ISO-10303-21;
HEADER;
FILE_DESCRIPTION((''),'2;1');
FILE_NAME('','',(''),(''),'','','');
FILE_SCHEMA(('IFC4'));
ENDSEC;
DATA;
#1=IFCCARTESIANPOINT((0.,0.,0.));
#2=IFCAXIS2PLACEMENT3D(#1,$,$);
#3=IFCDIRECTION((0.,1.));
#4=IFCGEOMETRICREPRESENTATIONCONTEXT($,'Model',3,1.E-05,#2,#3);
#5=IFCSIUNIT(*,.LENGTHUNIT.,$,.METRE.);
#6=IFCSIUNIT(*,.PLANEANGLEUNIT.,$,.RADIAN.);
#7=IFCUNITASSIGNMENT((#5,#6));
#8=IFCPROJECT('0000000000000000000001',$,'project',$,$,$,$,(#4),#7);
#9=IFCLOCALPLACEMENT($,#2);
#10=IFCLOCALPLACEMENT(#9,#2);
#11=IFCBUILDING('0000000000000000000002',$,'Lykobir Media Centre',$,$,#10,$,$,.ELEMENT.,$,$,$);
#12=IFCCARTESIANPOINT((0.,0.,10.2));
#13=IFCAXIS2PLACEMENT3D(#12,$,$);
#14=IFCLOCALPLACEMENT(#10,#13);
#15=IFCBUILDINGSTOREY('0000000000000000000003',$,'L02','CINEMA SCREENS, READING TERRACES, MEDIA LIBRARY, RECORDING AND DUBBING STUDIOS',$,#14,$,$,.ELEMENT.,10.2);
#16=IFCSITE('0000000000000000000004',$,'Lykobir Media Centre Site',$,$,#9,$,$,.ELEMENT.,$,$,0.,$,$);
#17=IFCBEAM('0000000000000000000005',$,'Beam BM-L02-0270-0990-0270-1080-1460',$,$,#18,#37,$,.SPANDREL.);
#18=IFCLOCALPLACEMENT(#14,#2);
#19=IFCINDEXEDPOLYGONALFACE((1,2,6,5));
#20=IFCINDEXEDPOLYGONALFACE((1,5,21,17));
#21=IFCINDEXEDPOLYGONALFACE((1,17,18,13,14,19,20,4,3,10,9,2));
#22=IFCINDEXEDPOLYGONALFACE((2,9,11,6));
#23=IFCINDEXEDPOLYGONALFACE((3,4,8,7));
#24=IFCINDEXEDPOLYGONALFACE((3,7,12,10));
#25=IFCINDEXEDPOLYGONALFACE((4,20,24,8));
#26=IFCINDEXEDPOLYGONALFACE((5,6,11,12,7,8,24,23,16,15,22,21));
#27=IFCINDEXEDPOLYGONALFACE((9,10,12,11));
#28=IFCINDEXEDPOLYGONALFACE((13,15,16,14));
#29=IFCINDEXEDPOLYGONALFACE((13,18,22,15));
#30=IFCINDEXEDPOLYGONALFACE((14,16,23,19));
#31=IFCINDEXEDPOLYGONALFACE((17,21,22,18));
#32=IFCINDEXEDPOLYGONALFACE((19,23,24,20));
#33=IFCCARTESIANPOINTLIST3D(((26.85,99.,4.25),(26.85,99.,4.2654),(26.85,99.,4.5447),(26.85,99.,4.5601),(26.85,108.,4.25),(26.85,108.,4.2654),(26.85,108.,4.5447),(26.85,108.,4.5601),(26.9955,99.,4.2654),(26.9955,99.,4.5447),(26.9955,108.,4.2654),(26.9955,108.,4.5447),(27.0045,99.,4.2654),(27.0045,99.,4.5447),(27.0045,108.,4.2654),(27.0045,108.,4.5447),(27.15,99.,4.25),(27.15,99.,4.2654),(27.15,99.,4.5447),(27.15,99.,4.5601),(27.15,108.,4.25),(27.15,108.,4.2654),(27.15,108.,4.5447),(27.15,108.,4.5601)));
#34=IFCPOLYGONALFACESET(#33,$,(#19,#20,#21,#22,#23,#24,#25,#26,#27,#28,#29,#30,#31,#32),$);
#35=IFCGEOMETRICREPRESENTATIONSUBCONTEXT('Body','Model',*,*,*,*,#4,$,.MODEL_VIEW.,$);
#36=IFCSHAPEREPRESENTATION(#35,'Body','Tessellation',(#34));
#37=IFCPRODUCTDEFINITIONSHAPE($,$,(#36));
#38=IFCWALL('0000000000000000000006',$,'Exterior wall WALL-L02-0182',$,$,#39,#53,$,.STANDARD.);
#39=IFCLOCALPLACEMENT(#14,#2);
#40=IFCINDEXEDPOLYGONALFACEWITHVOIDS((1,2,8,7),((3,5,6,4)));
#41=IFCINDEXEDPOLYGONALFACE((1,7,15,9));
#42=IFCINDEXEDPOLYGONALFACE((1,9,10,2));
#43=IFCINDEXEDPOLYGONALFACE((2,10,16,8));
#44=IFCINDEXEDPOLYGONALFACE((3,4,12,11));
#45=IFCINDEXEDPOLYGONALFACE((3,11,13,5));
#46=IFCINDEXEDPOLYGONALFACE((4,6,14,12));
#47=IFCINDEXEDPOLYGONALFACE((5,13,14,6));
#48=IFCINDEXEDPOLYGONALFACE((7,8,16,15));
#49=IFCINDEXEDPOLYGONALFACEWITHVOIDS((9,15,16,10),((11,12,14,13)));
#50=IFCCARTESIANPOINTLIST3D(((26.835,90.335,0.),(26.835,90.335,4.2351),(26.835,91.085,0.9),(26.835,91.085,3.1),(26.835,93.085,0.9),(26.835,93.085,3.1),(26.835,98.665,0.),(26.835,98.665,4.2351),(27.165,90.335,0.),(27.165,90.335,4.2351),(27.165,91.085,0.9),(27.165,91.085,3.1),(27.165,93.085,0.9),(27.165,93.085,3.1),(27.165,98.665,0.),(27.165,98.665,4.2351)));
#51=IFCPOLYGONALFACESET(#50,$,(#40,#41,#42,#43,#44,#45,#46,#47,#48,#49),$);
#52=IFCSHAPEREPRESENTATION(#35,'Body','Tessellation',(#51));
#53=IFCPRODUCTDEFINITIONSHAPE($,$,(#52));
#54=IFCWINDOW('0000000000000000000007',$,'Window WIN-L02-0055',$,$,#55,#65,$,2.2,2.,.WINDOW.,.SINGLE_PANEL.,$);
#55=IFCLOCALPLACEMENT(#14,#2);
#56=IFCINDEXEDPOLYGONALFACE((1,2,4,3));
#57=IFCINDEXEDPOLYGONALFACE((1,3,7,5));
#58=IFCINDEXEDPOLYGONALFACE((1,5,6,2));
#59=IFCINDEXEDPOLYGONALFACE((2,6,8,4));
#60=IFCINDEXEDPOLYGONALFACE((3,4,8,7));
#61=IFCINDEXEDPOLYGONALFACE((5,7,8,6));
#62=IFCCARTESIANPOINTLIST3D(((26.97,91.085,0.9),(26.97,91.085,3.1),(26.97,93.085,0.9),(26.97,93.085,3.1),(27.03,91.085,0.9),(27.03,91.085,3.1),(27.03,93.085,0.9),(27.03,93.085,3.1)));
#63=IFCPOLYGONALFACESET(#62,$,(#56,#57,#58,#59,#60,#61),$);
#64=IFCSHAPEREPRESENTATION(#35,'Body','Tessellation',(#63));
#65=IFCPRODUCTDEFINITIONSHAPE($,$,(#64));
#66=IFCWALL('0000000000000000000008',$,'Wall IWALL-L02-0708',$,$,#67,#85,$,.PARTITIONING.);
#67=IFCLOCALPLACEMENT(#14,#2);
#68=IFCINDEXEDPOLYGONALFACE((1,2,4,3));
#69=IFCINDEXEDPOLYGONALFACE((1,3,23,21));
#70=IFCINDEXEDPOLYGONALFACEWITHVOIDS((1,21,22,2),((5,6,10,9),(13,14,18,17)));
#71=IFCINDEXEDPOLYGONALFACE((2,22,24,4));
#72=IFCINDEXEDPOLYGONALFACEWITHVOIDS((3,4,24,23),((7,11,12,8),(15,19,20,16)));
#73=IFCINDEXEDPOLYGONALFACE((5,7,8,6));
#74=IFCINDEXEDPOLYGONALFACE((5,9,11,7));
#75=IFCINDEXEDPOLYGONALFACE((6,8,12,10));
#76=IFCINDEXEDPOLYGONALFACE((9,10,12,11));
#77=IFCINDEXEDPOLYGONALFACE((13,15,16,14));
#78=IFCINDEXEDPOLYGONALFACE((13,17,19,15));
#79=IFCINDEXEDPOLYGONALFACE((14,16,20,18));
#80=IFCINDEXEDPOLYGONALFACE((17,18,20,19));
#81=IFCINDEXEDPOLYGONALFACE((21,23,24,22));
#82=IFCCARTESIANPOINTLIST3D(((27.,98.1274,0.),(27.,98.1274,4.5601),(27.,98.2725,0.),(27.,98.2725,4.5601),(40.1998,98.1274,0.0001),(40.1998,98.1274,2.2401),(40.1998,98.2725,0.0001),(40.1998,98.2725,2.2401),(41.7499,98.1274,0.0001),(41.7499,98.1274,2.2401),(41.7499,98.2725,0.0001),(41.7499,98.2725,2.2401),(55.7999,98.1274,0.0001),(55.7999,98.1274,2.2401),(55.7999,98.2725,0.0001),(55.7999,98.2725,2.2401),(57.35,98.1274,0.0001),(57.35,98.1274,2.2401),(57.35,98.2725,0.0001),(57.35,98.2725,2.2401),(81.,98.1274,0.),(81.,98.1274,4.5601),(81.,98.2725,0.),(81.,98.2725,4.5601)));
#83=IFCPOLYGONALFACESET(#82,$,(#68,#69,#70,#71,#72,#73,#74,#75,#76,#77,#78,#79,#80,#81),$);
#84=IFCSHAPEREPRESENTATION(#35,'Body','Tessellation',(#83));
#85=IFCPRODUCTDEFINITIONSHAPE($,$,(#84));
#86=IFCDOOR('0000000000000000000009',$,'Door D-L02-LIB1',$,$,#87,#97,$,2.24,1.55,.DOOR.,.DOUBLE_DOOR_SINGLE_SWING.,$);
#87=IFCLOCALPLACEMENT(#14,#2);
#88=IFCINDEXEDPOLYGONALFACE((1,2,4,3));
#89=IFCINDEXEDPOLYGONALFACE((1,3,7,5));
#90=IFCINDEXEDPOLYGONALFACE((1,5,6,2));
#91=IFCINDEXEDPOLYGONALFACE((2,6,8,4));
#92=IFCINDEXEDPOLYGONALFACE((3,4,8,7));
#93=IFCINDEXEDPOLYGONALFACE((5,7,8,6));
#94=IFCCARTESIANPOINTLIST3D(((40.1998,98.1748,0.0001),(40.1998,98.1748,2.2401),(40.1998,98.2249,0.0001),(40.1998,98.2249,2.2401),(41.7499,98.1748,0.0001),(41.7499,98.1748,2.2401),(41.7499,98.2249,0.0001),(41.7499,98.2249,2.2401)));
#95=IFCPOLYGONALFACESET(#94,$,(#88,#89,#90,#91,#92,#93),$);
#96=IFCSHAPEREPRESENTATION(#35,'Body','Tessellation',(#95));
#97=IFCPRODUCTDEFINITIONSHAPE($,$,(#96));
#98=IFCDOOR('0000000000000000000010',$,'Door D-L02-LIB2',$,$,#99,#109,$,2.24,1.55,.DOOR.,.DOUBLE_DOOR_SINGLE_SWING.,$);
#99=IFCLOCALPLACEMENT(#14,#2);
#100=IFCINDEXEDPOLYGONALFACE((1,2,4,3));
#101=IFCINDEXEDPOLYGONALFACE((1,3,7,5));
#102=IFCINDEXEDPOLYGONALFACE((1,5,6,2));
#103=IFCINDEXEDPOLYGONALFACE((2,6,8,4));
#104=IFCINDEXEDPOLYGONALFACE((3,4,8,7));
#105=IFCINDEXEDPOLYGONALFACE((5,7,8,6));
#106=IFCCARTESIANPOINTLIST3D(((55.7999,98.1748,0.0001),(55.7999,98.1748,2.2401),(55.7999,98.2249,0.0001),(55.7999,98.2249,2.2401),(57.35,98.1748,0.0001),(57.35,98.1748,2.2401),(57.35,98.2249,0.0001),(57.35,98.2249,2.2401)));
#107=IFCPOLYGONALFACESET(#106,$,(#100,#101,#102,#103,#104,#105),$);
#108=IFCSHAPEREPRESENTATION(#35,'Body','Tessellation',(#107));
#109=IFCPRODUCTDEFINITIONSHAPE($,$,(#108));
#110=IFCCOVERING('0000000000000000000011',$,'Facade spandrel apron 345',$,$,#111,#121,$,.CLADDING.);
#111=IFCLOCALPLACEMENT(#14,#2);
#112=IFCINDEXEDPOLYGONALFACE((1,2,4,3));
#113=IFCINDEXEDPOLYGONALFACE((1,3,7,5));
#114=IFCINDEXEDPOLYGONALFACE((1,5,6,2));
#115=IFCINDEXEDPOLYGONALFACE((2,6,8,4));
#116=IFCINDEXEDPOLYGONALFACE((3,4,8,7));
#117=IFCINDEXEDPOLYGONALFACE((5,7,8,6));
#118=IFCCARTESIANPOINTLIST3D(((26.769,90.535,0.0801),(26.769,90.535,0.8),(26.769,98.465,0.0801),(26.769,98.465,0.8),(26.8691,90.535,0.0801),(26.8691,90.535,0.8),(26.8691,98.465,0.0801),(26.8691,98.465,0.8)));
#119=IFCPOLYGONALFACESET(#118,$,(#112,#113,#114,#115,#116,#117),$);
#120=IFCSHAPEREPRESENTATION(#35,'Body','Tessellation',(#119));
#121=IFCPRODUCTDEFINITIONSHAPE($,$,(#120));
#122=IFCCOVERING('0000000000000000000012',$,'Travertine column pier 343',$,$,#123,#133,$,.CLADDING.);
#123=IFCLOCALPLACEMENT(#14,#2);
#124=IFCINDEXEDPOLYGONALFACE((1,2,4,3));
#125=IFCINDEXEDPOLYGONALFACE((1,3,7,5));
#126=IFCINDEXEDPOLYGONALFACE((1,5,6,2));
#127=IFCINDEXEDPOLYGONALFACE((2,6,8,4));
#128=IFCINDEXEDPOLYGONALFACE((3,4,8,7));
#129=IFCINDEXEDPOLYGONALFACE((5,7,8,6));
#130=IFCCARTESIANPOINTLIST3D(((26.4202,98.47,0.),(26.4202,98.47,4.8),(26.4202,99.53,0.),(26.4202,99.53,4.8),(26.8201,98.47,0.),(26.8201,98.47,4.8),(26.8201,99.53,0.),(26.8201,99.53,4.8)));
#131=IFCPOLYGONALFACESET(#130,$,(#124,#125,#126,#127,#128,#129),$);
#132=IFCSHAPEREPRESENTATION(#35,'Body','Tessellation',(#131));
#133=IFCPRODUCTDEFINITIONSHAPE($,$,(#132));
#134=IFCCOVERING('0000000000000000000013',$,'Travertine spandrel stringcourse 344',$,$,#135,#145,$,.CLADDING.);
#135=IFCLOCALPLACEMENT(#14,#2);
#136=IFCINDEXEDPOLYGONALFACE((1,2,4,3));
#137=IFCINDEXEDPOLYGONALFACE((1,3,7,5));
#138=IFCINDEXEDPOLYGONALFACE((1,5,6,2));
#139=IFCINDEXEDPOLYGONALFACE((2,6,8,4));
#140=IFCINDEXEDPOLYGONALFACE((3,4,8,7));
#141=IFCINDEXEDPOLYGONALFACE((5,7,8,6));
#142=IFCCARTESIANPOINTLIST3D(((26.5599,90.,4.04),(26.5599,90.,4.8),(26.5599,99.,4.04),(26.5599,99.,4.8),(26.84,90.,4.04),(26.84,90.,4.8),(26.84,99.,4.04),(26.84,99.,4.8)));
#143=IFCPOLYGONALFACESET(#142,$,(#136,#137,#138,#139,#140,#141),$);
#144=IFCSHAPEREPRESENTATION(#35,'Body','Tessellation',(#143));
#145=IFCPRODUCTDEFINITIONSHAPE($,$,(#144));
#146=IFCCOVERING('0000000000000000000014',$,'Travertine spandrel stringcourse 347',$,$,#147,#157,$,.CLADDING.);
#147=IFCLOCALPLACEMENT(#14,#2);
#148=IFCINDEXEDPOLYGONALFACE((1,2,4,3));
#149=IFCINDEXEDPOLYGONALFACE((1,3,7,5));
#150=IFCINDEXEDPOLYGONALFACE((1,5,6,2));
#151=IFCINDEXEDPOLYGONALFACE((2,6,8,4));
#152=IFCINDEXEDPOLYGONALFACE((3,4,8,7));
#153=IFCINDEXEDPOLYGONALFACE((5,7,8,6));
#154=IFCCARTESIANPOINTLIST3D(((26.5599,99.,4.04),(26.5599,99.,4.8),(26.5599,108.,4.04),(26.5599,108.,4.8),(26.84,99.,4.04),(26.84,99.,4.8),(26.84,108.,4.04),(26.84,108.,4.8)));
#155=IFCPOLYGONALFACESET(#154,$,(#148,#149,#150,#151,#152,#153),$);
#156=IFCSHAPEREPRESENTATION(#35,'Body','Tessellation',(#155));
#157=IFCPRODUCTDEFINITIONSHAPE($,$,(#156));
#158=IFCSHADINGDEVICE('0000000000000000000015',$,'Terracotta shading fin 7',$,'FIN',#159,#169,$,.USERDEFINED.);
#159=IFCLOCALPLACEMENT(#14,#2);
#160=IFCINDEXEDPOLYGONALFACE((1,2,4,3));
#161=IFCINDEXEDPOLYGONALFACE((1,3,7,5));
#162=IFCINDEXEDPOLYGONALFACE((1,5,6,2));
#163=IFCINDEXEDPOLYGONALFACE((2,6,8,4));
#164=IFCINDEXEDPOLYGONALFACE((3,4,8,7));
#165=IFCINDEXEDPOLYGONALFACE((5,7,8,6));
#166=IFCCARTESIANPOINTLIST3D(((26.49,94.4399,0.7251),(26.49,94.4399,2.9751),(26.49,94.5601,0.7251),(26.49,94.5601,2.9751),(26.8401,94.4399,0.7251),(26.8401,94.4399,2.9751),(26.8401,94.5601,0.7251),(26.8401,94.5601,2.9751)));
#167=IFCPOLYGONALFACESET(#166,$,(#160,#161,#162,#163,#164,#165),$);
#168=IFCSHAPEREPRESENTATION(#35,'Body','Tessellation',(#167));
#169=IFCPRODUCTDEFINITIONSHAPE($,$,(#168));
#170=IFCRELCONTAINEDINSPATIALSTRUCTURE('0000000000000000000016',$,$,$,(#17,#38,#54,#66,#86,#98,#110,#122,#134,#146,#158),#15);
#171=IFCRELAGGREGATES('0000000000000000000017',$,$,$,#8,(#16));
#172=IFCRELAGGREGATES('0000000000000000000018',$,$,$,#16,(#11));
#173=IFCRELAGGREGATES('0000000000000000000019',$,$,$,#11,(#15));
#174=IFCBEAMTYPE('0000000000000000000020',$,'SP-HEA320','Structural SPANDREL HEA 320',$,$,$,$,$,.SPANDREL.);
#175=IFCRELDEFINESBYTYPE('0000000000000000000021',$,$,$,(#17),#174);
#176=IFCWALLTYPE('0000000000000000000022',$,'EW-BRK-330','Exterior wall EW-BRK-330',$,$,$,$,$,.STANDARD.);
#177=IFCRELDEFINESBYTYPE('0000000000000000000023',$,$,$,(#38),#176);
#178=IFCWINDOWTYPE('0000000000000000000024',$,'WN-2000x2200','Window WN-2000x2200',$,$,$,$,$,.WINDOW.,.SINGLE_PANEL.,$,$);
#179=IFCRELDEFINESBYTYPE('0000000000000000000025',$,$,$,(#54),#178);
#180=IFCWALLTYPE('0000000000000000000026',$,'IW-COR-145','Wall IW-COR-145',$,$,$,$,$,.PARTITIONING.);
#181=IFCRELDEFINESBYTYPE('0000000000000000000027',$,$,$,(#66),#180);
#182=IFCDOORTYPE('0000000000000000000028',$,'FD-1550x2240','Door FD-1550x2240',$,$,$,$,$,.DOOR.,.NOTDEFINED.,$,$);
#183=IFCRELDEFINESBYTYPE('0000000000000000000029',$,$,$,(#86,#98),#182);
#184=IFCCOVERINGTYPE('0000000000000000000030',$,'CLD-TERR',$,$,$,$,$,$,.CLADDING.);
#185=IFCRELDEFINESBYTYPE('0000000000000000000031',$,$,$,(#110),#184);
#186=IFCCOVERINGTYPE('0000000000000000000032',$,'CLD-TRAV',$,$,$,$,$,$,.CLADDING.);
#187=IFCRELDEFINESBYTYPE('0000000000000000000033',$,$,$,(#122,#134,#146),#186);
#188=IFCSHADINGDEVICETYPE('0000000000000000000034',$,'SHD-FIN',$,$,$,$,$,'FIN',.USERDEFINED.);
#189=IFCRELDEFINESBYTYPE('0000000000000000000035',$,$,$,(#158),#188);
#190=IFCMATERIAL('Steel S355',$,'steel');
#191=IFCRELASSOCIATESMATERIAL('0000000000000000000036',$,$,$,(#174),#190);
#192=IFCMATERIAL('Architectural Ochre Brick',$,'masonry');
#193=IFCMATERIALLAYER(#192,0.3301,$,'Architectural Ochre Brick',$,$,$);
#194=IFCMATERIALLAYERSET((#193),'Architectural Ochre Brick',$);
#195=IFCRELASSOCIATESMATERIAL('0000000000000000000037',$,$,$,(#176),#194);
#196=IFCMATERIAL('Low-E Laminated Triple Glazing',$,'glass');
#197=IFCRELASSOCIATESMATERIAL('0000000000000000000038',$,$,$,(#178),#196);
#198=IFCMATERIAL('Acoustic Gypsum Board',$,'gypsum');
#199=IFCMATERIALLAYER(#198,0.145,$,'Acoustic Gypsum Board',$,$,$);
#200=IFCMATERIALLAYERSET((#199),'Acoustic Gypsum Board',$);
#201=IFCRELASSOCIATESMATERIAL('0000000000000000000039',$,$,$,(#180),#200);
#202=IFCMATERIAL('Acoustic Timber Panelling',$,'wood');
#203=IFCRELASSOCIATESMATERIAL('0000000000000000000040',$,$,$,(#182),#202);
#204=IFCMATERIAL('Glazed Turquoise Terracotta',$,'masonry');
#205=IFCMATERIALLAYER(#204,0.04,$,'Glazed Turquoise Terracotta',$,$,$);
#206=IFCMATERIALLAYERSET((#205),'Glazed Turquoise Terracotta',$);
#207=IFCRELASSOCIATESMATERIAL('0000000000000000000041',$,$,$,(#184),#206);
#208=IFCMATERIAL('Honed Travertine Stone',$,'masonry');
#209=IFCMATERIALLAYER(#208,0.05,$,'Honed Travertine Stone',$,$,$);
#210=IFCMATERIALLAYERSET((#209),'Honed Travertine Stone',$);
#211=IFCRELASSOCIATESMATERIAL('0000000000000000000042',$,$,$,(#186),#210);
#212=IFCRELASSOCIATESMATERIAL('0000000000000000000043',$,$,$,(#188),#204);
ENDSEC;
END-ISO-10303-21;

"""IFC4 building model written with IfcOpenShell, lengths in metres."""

from ifc_helpers import new_model, si_unit, direction, frame, frame_2d, origin, origin_2d, place, context, subcontext, project, spatial, rectangle, i_section, extrude, material, layer, layer_set, material_profile, profile_set, type_object, element, fill, save


model = new_model("IFC4")

# Units and contexts
model_context = context("Model", 3, precision=1e-05, world=origin(), true_north=direction((0.0, 1.0)))
body_context = subcontext(model_context, "Body", "Model", "MODEL_VIEW")
ifc_project = project(units=[si_unit("LENGTHUNIT", "METRE"), si_unit("PLANEANGLEUNIT", "RADIAN")], contexts=[model_context])

# Site, building, storey
site_placement = place(None, origin())
site = spatial("IfcSite", under=ifc_project, at=site_placement, Name="Lykobir Media Centre Site", CompositionType="ELEMENT", RefElevation=0.0)
building_placement = place(site_placement, origin())
building = spatial("IfcBuilding", under=site, at=building_placement, Name="Lykobir Media Centre", CompositionType="ELEMENT")
storey_placement = place(building_placement, frame((0.0, 0.0, 10.2)))
storey = spatial("IfcBuildingStorey", under=building, at=storey_placement, Name="L02", Description="CINEMA SCREENS, READING TERRACES, MEDIA LIBRARY, RECORDING AND DUBBING STUDIOS", CompositionType="ELEMENT", Elevation=10.2)

# Shared definitions
ifc_material_1 = material(Name="Steel S355", Category="steel")

# Beam
ifc_material_profile_1 = material_profile(ifc_material_1, i_section(OverallWidth=0.3, OverallDepth=0.3101, WebThickness=0.009, FlangeThickness=0.0154, at=origin_2d()), Name="HEA 320")
ifc_profile_set_1 = profile_set([ifc_material_profile_1], Name="Steel S355")
beam_type_1 = type_object("IfcBeamType", Name="SP-HEA320", Description="Structural SPANDREL HEA 320", PredefinedType="SPANDREL", material=ifc_profile_set_1)
beam_1_placement = place(storey_placement, frame((27.0, 99.0, 4.405), z_axis=(0.0, 1.0, 0.0), x_axis=(-1.0, 0.0, 0.0)))
element("IfcBeam", 1, at=beam_1_placement, inside=storey, type_object=beam_type_1, Name="Beam BM-L02-0270-0990-0270-1080-1460", PredefinedType="SPANDREL", context=body_context, shape_type="SweptSolid", body=[
    extrude(i_section(OverallWidth=0.3, OverallDepth=0.3101, WebThickness=0.009, FlangeThickness=0.0154, at=origin_2d()), origin(), (0.0, 0.0, 1.0), 9.0),
])

# Wall, opening, window
ifc_material_2 = material(Name="Architectural Ochre Brick", Category="masonry")
ifc_layer_1 = layer(ifc_material_2, 0.3301, Name="Architectural Ochre Brick")
ifc_layer_set_1 = layer_set([ifc_layer_1], Name="Architectural Ochre Brick")
wall_type_1 = type_object("IfcWallType", Name="EW-BRK-330", Description="Exterior wall EW-BRK-330", PredefinedType="STANDARD", material=ifc_layer_set_1)
wall_1_placement = place(storey_placement, frame((27.0, 98.665, 0.0), z_axis=(0.0, 0.0, 1.0), x_axis=(0.0, -1.0, 0.0)))
wall_1 = element("IfcWall", 2, at=wall_1_placement, inside=storey, type_object=wall_type_1, Name="Exterior wall WALL-L02-0182", PredefinedType="STANDARD", context=body_context, shape_type="SweptSolid", body=[
    extrude(rectangle(XDim=8.3301, YDim=0.3301, at=frame_2d((4.165, 0.0))), origin(), (0.0, 0.0, 1.0), 4.2351),
])
opening_1_placement = place(wall_1_placement, frame((5.5801, 0.0, 0.8999)))
opening_1 = element("IfcOpeningElement", 3, at=opening_1_placement, cuts=wall_1, PredefinedType="OPENING", context=body_context, shape_type="SweptSolid", body=[
    extrude(rectangle(XDim=2.0, YDim=2.2, at=frame_2d((1.0, 1.1001))), frame((0.0, 0.175, 0.0), z_axis=(0.0, -1.0, 0.0), x_axis=(1.0, 0.0, 0.0)), (0.0, 0.0, 1.0), 0.3501),
])
ifc_material_3 = material(Name="Low-E Laminated Triple Glazing", Category="glass")
window_type = type_object("IfcWindowType", Name="WN-2000x2200", Description="Window WN-2000x2200", PartitioningType="SINGLE_PANEL", PredefinedType="WINDOW", material=ifc_material_3)
window_placement = place(opening_1_placement, origin())
window = element("IfcWindow", 4, at=window_placement, inside=storey, type_object=window_type, Name="Window WIN-L02-0055", OverallHeight=2.2, OverallWidth=2.0, PartitioningType="SINGLE_PANEL", PredefinedType="WINDOW", context=body_context, shape_type="SweptSolid", body=[
    extrude(rectangle(XDim=2.0, YDim=2.2, at=frame_2d((1.0, 1.1001))), frame((0.0, 0.03, 0.0), z_axis=(0.0, -1.0, 0.0), x_axis=(1.0, 0.0, 0.0)), (0.0, 0.0, 1.0), 0.0601),
])
fill(opening_1, window)

# Wall, openings, doors
ifc_material_4 = material(Name="Acoustic Gypsum Board", Category="gypsum")
ifc_layer_2 = layer(ifc_material_4, 0.145, Name="Acoustic Gypsum Board")
ifc_layer_set_2 = layer_set([ifc_layer_2], Name="Acoustic Gypsum Board")
wall_type_2 = type_object("IfcWallType", Name="IW-COR-145", Description="Wall IW-COR-145", PredefinedType="PARTITIONING", material=ifc_layer_set_2)
wall_2_placement = place(storey_placement, frame((27.0, 98.2, 0.0), z_axis=(0.0, 0.0, 1.0), x_axis=(1.0, 0.0, 0.0)))
wall_2 = element("IfcWall", 5, at=wall_2_placement, inside=storey, type_object=wall_type_2, Name="Wall IWALL-L02-0708", PredefinedType="PARTITIONING", context=body_context, shape_type="SweptSolid", body=[
    extrude(rectangle(XDim=54.0, YDim=0.145, at=frame_2d((27.0, 0.0))), origin(), (0.0, 0.0, 1.0), 4.5601),
])
opening_2_placement = place(wall_2_placement, frame((13.2, 0.0, 0.0)))
opening_2 = element("IfcOpeningElement", 6, at=opening_2_placement, cuts=wall_2, PredefinedType="OPENING", context=body_context, shape_type="SweptSolid", body=[
    extrude(rectangle(XDim=1.55, YDim=2.24, at=frame_2d((0.7749, 1.1201))), frame((0.0, 0.0825, 0.0), z_axis=(0.0, -1.0, 0.0), x_axis=(1.0, 0.0, 0.0)), (0.0, 0.0, 1.0), 0.165),
])
opening_3_placement = place(wall_2_placement, frame((28.8, 0.0, 0.0)))
opening_3 = element("IfcOpeningElement", 7, at=opening_3_placement, cuts=wall_2, PredefinedType="OPENING", context=body_context, shape_type="SweptSolid", body=[
    extrude(rectangle(XDim=1.55, YDim=2.24, at=frame_2d((0.7749, 1.1201))), frame((0.0, 0.0825, 0.0), z_axis=(0.0, -1.0, 0.0), x_axis=(1.0, 0.0, 0.0)), (0.0, 0.0, 1.0), 0.165),
])
ifc_material_5 = material(Name="Acoustic Timber Panelling", Category="wood")
door_type = type_object("IfcDoorType", Name="FD-1550x2240", Description="Door FD-1550x2240", OperationType="NOTDEFINED", PredefinedType="DOOR", material=ifc_material_5)
door_1_placement = place(opening_2_placement, origin())
door_1 = element("IfcDoor", 8, at=door_1_placement, inside=storey, type_object=door_type, Name="Door D-L02-LIB1", OperationType="DOUBLE_DOOR_SINGLE_SWING", OverallHeight=2.24, OverallWidth=1.55, PredefinedType="DOOR", context=body_context, shape_type="SweptSolid", body=[
    extrude(rectangle(XDim=1.55, YDim=2.24, at=frame_2d((0.7749, 1.1201))), frame((0.0, 0.0249, 0.0), z_axis=(0.0, -1.0, 0.0), x_axis=(1.0, 0.0, 0.0)), (0.0, 0.0, 1.0), 0.05),
])
fill(opening_2, door_1)
door_2_placement = place(opening_3_placement, origin())
door_2 = element("IfcDoor", 9, at=door_2_placement, inside=storey, type_object=door_type, Name="Door D-L02-LIB2", OperationType="DOUBLE_DOOR_SINGLE_SWING", OverallHeight=2.24, OverallWidth=1.55, PredefinedType="DOOR", context=body_context, shape_type="SweptSolid", body=[
    extrude(rectangle(XDim=1.55, YDim=2.24, at=frame_2d((0.7749, 1.1201))), frame((0.0, 0.0249, 0.0), z_axis=(0.0, -1.0, 0.0), x_axis=(1.0, 0.0, 0.0)), (0.0, 0.0, 1.0), 0.05),
])
fill(opening_3, door_2)

# Coverings
ifc_material_6 = material(Name="Glazed Turquoise Terracotta", Category="masonry")
ifc_layer_3 = layer(ifc_material_6, 0.04, Name="Glazed Turquoise Terracotta")
ifc_layer_set_3 = layer_set([ifc_layer_3], Name="Glazed Turquoise Terracotta")
covering_type_1 = type_object("IfcCoveringType", Name="CLD-TERR", PredefinedType="CLADDING", material=ifc_layer_set_3)
covering_1_placement = place(storey_placement, frame((26.8191, 94.5, 0.0801), z_axis=(0.0, 0.0, 1.0), x_axis=(0.0, -1.0, 0.0)))
element("IfcCovering", 10, at=covering_1_placement, inside=storey, type_object=covering_type_1, Name="Facade spandrel apron 345", PredefinedType="CLADDING", context=body_context, shape_type="SweptSolid", body=[
    extrude(rectangle(XDim=7.9299, YDim=0.1001, at=origin_2d()), origin(), (0.0, 0.0, 1.0), 0.72),
])
ifc_material_7 = material(Name="Honed Travertine Stone", Category="masonry")
ifc_layer_4 = layer(ifc_material_7, 0.05, Name="Honed Travertine Stone")
ifc_layer_set_4 = layer_set([ifc_layer_4], Name="Honed Travertine Stone")
covering_type_2 = type_object("IfcCoveringType", Name="CLD-TRAV", PredefinedType="CLADDING", material=ifc_layer_set_4)
covering_2_placement = place(storey_placement, frame((26.6201, 99.0, 0.0), z_axis=(0.0, 0.0, 1.0), x_axis=(0.0, -1.0, 0.0)))
element("IfcCovering", 11, at=covering_2_placement, inside=storey, type_object=covering_type_2, Name="Travertine column pier 343", PredefinedType="CLADDING", context=body_context, shape_type="SweptSolid", body=[
    extrude(rectangle(XDim=1.0601, YDim=0.3999, at=origin_2d()), origin(), (0.0, 0.0, 1.0), 4.8),
])
for number, where, z_axis, x_axis, name in (
    (12, (26.7, 94.5, 4.04), (0.0, 0.0, 1.0), (0.0, -1.0, 0.0), "Travertine spandrel stringcourse 344"),
    (13, (26.7, 103.5, 4.04), (0.0, 0.0, 1.0), (0.0, -1.0, 0.0), "Travertine spandrel stringcourse 347"),
):
    element("IfcCovering", number, at=place(storey_placement, frame(where, z_axis=z_axis, x_axis=x_axis)), inside=storey, type_object=covering_type_2, Name=name, PredefinedType="CLADDING", context=body_context, shape_type="SweptSolid", body=[
        extrude(rectangle(XDim=9.0, YDim=0.28, at=origin_2d()), origin(), (0.0, 0.0, 1.0), 0.76),
    ])

# Shading device
shading_device_type = type_object("IfcShadingDeviceType", Name="SHD-FIN", ElementType="FIN", PredefinedType="USERDEFINED", material=ifc_material_6)
for number, where, z_axis, x_axis, name in (
    (14, (26.665, 94.5, 0.7251), (0.0, 0.0, 1.0), (0.0, -1.0, 0.0), "Terracotta shading fin 7"),
):
    element("IfcShadingDevice", number, at=place(storey_placement, frame(where, z_axis=z_axis, x_axis=x_axis)), inside=storey, type_object=shading_device_type, Name=name, ObjectType="FIN", PredefinedType="USERDEFINED", context=body_context, shape_type="SweptSolid", body=[
        extrude(rectangle(XDim=0.1201, YDim=0.3501, at=origin_2d()), origin(), (0.0, 0.0, 1.0), 2.25),
    ])

save(model, "model.ifc")
